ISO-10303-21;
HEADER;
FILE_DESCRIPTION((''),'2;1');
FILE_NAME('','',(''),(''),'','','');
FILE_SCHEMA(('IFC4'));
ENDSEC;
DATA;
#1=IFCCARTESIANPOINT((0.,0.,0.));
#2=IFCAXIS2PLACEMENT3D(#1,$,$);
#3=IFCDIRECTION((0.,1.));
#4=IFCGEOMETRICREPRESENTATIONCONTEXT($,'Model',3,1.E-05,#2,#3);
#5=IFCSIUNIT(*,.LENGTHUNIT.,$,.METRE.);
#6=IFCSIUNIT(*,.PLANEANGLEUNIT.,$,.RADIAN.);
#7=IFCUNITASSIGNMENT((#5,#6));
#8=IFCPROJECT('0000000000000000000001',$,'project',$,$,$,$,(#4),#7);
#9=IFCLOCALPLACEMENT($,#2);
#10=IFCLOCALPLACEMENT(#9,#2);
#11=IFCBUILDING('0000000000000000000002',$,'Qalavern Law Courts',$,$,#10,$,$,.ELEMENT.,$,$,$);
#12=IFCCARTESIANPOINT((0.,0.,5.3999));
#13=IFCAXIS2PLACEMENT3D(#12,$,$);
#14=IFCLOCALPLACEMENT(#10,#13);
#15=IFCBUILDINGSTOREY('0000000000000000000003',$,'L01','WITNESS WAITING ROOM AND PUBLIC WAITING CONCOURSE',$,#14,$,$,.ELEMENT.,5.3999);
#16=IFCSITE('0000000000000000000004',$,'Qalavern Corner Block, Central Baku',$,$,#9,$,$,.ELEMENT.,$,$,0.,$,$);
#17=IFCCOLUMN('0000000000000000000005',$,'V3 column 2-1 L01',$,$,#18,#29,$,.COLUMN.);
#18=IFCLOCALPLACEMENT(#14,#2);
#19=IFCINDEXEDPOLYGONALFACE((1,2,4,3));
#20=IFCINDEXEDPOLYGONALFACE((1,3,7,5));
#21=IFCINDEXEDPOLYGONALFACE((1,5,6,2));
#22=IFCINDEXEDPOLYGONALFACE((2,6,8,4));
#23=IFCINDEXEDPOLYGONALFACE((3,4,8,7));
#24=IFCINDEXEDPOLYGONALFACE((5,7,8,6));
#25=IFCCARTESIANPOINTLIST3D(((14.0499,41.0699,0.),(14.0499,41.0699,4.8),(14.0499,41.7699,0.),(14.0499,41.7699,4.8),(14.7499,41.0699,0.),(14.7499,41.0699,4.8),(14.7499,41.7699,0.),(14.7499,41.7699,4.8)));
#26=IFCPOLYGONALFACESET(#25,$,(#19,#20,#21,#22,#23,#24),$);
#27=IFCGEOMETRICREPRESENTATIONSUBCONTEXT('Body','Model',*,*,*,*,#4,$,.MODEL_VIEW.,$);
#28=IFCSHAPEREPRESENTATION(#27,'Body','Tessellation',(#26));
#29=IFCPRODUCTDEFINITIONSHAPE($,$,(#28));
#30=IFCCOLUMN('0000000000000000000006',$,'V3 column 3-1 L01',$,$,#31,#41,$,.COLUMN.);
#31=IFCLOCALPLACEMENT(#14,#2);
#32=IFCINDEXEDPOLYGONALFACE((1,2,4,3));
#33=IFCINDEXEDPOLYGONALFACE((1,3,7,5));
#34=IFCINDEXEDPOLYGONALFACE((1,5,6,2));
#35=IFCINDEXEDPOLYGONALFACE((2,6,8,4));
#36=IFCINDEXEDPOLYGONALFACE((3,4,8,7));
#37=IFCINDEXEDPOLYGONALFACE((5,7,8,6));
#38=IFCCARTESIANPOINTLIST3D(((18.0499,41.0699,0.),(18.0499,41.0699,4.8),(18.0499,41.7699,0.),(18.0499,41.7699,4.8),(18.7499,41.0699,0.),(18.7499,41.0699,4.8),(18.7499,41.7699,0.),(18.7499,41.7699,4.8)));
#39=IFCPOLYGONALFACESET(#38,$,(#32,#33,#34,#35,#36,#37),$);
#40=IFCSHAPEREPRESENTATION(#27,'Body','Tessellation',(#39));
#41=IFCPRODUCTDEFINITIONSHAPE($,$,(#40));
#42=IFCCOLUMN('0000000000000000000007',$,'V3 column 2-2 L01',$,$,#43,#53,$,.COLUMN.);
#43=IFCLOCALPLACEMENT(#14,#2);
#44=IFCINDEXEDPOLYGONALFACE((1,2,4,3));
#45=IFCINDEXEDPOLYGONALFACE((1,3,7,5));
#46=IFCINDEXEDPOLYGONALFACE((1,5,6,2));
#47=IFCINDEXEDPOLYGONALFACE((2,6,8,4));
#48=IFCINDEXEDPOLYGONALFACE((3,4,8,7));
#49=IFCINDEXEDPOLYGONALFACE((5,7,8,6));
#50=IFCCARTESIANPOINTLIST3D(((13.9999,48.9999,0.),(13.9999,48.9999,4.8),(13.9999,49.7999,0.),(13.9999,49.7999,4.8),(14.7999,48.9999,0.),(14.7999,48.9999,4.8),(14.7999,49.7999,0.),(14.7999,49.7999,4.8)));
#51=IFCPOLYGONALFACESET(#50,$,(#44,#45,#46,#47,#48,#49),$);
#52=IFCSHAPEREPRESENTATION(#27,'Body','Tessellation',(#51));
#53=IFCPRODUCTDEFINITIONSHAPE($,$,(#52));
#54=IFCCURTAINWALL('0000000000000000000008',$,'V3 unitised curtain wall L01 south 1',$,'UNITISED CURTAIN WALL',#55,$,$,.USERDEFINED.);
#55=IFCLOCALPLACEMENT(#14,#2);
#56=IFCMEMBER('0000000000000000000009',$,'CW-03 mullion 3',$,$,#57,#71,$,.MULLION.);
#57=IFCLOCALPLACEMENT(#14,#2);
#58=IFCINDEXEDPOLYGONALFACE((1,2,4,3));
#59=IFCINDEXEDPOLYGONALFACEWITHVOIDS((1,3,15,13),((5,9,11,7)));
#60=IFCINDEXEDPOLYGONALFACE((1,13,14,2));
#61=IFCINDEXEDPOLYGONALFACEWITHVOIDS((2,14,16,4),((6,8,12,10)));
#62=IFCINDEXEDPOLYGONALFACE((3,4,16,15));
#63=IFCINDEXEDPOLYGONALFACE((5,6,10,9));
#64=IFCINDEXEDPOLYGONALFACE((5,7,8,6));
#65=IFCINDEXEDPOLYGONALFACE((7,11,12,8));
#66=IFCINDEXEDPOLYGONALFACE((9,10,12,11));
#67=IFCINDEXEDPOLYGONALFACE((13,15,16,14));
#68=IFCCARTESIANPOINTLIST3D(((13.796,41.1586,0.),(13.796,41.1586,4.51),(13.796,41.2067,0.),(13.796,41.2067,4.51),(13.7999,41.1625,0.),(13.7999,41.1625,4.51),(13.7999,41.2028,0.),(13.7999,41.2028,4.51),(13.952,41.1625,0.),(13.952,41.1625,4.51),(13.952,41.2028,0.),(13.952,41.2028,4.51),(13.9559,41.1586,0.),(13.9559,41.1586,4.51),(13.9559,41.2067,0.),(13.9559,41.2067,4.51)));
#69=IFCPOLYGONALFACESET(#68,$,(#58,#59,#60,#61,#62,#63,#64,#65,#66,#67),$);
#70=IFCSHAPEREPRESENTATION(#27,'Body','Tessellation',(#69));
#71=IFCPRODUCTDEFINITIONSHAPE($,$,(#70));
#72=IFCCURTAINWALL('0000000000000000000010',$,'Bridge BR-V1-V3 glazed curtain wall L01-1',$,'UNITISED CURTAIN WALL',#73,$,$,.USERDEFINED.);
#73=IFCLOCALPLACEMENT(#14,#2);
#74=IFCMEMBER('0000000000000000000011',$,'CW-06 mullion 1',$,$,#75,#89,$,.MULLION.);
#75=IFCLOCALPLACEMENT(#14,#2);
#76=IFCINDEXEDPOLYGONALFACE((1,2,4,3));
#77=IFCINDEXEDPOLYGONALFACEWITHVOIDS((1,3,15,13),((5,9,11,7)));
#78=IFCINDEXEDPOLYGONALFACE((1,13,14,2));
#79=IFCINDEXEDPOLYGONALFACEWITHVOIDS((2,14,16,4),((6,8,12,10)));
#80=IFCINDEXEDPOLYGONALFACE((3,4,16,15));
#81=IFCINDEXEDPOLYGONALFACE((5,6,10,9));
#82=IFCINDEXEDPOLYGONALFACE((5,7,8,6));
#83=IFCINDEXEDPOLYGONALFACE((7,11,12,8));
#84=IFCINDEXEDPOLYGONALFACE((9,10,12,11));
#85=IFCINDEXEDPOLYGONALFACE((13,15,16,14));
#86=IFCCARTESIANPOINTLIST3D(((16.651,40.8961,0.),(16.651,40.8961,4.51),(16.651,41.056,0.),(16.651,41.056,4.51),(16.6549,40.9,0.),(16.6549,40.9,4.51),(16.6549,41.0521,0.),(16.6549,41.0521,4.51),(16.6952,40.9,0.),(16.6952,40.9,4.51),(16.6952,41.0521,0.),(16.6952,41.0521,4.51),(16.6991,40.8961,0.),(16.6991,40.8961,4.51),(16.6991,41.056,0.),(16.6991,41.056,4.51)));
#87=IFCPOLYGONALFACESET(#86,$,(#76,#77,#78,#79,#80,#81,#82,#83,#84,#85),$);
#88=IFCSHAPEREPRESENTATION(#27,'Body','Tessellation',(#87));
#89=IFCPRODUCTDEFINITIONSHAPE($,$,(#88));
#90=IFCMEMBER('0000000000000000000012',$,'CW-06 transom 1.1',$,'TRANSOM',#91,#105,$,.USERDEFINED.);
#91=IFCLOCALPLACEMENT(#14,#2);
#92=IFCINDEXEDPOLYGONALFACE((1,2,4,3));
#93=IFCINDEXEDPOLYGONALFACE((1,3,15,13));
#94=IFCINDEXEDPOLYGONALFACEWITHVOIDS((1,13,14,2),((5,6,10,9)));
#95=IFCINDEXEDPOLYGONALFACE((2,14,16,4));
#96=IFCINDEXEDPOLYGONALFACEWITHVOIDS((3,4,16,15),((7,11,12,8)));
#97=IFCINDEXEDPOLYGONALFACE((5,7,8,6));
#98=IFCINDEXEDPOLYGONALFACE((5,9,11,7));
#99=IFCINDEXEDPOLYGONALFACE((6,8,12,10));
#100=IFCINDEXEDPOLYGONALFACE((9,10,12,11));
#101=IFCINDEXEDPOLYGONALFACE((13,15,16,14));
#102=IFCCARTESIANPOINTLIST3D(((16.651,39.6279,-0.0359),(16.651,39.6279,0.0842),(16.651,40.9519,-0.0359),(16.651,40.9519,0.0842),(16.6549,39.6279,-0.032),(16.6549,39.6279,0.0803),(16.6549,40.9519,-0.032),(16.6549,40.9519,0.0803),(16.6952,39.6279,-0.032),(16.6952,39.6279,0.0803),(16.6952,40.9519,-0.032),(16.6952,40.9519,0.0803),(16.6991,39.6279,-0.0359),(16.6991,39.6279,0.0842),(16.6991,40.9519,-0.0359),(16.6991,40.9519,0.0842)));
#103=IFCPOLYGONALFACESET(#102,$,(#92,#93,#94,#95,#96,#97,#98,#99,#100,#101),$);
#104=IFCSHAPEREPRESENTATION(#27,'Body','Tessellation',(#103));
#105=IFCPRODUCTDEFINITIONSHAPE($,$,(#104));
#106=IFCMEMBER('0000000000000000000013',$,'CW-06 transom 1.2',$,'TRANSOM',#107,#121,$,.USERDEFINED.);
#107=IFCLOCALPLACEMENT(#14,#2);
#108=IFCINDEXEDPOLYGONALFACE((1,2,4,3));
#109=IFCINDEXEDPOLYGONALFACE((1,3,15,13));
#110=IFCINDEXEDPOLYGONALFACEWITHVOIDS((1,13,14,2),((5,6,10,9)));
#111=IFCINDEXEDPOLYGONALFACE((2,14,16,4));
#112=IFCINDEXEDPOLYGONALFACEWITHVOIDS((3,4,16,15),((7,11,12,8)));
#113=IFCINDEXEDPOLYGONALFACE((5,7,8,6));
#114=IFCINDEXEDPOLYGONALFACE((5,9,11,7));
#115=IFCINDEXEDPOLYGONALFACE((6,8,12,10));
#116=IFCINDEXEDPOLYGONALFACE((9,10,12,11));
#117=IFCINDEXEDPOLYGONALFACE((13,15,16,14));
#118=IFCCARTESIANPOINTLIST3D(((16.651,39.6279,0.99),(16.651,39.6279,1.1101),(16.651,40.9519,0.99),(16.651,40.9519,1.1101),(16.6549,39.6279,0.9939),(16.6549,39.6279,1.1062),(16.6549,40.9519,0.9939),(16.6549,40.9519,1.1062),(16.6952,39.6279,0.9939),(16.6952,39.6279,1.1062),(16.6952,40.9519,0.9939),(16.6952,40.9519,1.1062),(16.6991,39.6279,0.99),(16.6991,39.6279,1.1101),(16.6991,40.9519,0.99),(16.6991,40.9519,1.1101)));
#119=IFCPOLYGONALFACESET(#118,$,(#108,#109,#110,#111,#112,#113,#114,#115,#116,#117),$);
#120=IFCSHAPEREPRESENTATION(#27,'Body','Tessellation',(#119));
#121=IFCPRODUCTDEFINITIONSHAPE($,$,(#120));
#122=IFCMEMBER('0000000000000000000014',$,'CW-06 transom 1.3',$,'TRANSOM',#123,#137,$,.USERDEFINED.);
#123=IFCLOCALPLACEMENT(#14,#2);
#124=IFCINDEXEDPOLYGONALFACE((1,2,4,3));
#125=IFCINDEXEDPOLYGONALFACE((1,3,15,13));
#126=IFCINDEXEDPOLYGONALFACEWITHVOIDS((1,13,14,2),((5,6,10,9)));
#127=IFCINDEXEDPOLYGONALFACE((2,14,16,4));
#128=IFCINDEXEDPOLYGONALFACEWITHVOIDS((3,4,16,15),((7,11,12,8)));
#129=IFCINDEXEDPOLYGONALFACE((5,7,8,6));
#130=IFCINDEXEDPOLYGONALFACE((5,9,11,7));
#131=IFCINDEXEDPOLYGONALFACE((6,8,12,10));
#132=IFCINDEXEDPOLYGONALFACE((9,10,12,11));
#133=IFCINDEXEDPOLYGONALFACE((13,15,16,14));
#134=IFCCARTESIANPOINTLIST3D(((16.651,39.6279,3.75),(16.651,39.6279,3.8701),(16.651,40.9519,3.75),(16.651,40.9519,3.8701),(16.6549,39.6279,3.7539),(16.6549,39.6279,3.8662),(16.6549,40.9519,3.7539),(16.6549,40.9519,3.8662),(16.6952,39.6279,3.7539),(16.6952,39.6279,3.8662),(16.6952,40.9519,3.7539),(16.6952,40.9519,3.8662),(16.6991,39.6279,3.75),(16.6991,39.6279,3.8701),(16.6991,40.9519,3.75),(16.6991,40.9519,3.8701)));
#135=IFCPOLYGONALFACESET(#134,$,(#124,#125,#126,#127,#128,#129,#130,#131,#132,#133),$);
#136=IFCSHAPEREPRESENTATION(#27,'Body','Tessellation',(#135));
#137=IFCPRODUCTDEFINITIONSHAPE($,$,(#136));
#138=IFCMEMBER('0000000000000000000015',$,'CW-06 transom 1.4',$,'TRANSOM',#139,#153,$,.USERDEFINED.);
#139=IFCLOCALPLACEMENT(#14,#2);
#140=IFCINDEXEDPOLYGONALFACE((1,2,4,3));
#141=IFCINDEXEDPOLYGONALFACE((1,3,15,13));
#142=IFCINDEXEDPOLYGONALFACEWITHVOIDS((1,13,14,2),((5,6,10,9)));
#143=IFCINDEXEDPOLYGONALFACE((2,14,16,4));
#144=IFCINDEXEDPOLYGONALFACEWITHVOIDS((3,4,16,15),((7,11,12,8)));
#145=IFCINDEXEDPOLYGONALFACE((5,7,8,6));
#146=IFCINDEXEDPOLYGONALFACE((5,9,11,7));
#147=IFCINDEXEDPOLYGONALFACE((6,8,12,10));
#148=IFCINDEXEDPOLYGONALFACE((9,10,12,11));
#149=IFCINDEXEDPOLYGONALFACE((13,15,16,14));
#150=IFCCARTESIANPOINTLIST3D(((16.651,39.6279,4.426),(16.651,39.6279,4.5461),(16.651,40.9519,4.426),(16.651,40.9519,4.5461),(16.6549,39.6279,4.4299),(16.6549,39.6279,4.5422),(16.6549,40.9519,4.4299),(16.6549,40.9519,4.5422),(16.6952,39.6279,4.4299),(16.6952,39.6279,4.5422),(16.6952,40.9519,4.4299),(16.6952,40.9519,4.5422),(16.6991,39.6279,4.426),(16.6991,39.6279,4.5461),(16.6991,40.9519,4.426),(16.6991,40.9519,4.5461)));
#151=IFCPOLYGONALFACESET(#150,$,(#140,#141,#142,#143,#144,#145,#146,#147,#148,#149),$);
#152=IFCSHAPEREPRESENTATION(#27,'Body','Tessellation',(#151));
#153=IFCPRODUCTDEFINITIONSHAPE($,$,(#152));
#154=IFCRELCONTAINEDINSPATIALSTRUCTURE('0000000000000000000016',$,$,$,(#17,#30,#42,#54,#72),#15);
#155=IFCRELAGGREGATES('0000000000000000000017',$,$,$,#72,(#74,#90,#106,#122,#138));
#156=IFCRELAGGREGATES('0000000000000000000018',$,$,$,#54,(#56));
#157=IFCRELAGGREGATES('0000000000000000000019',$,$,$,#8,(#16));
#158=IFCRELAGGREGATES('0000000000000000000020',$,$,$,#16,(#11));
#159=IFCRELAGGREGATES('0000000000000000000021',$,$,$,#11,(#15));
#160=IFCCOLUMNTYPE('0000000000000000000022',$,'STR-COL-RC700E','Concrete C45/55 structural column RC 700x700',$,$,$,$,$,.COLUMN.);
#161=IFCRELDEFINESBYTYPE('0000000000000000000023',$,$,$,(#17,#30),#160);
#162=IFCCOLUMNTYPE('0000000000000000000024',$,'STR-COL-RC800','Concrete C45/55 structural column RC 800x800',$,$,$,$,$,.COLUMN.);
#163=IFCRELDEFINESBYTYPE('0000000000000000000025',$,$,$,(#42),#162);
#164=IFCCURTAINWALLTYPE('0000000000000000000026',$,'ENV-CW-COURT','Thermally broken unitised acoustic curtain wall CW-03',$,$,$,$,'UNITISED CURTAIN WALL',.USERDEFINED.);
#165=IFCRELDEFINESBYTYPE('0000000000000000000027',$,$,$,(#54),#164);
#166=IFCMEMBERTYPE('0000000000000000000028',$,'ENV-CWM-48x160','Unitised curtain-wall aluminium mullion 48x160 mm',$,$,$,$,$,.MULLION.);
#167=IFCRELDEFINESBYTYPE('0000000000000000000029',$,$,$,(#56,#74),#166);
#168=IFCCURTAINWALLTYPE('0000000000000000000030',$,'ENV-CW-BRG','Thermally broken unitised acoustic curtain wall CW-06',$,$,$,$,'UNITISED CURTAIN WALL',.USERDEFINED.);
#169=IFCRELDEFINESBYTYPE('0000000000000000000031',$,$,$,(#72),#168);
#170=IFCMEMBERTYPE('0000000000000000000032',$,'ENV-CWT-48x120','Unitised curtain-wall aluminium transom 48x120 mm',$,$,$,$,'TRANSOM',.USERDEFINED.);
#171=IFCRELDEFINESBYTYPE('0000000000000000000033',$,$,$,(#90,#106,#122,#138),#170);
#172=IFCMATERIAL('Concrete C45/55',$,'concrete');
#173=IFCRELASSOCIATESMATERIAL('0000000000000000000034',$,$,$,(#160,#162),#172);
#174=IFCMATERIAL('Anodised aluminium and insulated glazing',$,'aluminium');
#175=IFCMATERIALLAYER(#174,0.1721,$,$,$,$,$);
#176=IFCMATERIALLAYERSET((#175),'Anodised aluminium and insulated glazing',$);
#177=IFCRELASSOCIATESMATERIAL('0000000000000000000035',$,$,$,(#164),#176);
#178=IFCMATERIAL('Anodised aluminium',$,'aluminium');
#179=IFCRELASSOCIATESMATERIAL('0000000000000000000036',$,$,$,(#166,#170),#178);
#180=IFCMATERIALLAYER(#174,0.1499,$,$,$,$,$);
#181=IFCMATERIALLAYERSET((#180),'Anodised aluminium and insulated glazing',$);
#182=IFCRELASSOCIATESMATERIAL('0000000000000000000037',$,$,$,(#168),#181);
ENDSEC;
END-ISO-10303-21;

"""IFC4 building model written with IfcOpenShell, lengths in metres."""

from ifc_helpers import new_model, si_unit, direction, frame, origin, origin_2d, place, context, subcontext, project, spatial, rectangle, hollow_rectangle, extrude, material, layer, layer_set, material_profile, profile_set, type_object, element, aggregate, save


model = new_model("IFC4")

# Units and contexts
model_context = context("Model", 3, precision=1e-05, world=origin(), true_north=direction((0.0, 1.0)))
body_context = subcontext(model_context, "Body", "Model", "MODEL_VIEW")
ifc_project = project(units=[si_unit("LENGTHUNIT", "METRE"), si_unit("PLANEANGLEUNIT", "RADIAN")], contexts=[model_context])

# Site, building, storey
site_placement = place(None, origin())
site = spatial("IfcSite", under=ifc_project, at=site_placement, Name="Qalavern Corner Block, Central Baku", CompositionType="ELEMENT", RefElevation=0.0)
building_placement = place(site_placement, origin())
building = spatial("IfcBuilding", under=site, at=building_placement, Name="Qalavern Law Courts", CompositionType="ELEMENT")
storey_placement = place(building_placement, frame((0.0, 0.0, 5.3999)))
storey = spatial("IfcBuildingStorey", under=building, at=storey_placement, Name="L01", Description="WITNESS WAITING ROOM AND PUBLIC WAITING CONCOURSE", CompositionType="ELEMENT", Elevation=5.3999)

# Columns
ifc_material_1 = material(Name="Concrete C45/55", Category="concrete")
ifc_material_profile_1 = material_profile(ifc_material_1, rectangle(XDim=0.7, YDim=0.7, at=origin_2d()), Name="RC 700x700")
ifc_profile_set_1 = profile_set([ifc_material_profile_1], Name="Concrete C45/55")
column_type_1 = type_object("IfcColumnType", Name="STR-COL-RC700E", Description="Concrete C45/55 structural column RC 700x700", PredefinedType="COLUMN", material=ifc_profile_set_1)
for number, where, z_axis, x_axis, name in (
    (1, (14.3999, 41.4199, 0.0), (0.0, 0.0, 1.0), (1.0, 0.0, 0.0), "V3 column 2-1 L01"),
    (2, (18.3999, 41.4199, 0.0), (0.0, 0.0, 1.0), (1.0, 0.0, 0.0), "V3 column 3-1 L01"),
):
    element("IfcColumn", number, at=place(storey_placement, frame(where, z_axis=z_axis, x_axis=x_axis)), inside=storey, type_object=column_type_1, Name=name, PredefinedType="COLUMN", context=body_context, shape_type="SweptSolid", body=[
        extrude(rectangle(XDim=0.7, YDim=0.7, at=origin_2d()), origin(), (0.0, 0.0, 1.0), 4.8),
    ])
ifc_material_profile_2 = material_profile(ifc_material_1, rectangle(XDim=0.8, YDim=0.8, at=origin_2d()), Name="RC 800x800")
ifc_profile_set_2 = profile_set([ifc_material_profile_2], Name="Concrete C45/55")
column_type_2 = type_object("IfcColumnType", Name="STR-COL-RC800", Description="Concrete C45/55 structural column RC 800x800", PredefinedType="COLUMN", material=ifc_profile_set_2)
column_placement = place(storey_placement, frame((14.3999, 49.3999, 0.0), z_axis=(0.0, 0.0, 1.0), x_axis=(1.0, 0.0, 0.0)))
element("IfcColumn", 3, at=column_placement, inside=storey, type_object=column_type_2, Name="V3 column 2-2 L01", PredefinedType="COLUMN", context=body_context, shape_type="SweptSolid", body=[
    extrude(rectangle(XDim=0.8, YDim=0.8, at=origin_2d()), origin(), (0.0, 0.0, 1.0), 4.8),
])

# Curtain wall, member
ifc_material_2 = material(Name="Anodised aluminium and insulated glazing", Category="aluminium")
ifc_layer_1 = layer(ifc_material_2, 0.1721)
ifc_layer_set_1 = layer_set([ifc_layer_1], Name="Anodised aluminium and insulated glazing")
curtain_wall_type_1 = type_object("IfcCurtainWallType", Name="ENV-CW-COURT", Description="Thermally broken unitised acoustic curtain wall CW-03", ElementType="UNITISED CURTAIN WALL", PredefinedType="USERDEFINED", material=ifc_layer_set_1)
curtain_wall_1_placement = place(storey_placement, origin())
curtain_wall_1 = element("IfcCurtainWall", 4, at=curtain_wall_1_placement, inside=storey, type_object=curtain_wall_type_1, Name="V3 unitised curtain wall L01 south 1", ObjectType="UNITISED CURTAIN WALL", PredefinedType="USERDEFINED")
ifc_material_3 = material(Name="Anodised aluminium", Category="aluminium")
ifc_material_profile_3 = material_profile(ifc_material_3, hollow_rectangle(XDim=0.0481, YDim=0.1599, WallThickness=0.0039, at=origin_2d()), Name="ALU MULLION 48x160")
ifc_profile_set_3 = profile_set([ifc_material_profile_3], Name="Anodised aluminium")
member_type_1 = type_object("IfcMemberType", Name="ENV-CWM-48x160", Description="Unitised curtain-wall aluminium mullion 48x160 mm", PredefinedType="MULLION", material=ifc_profile_set_3)
member_1_placement = place(storey_placement, frame((13.876, 41.1826, 0.0), z_axis=(0.0, 0.0, 1.0), x_axis=(0.0, 1.0, 0.0)))
member_1 = element("IfcMember", 5, at=member_1_placement, type_object=member_type_1, Name="CW-03 mullion 3", PredefinedType="MULLION", context=body_context, shape_type="SweptSolid", body=[
    extrude(hollow_rectangle(XDim=0.0481, YDim=0.1599, WallThickness=0.0039, at=origin_2d()), origin(), (0.0, 0.0, 1.0), 4.51),
])

# Curtain wall, members
ifc_layer_2 = layer(ifc_material_2, 0.1499)
ifc_layer_set_2 = layer_set([ifc_layer_2], Name="Anodised aluminium and insulated glazing")
curtain_wall_type_2 = type_object("IfcCurtainWallType", Name="ENV-CW-BRG", Description="Thermally broken unitised acoustic curtain wall CW-06", ElementType="UNITISED CURTAIN WALL", PredefinedType="USERDEFINED", material=ifc_layer_set_2)
curtain_wall_2_placement = place(storey_placement, origin())
curtain_wall_2 = element("IfcCurtainWall", 6, at=curtain_wall_2_placement, inside=storey, type_object=curtain_wall_type_2, Name="Bridge BR-V1-V3 glazed curtain wall L01-1", ObjectType="UNITISED CURTAIN WALL", PredefinedType="USERDEFINED")
member_2_placement = place(storey_placement, frame((16.675, 40.9761, 0.0), z_axis=(0.0, 0.0, 1.0), x_axis=(1.0, 0.0, 0.0)))
member_2 = element("IfcMember", 7, at=member_2_placement, type_object=member_type_1, Name="CW-06 mullion 1", PredefinedType="MULLION", context=body_context, shape_type="SweptSolid", body=[
    extrude(hollow_rectangle(XDim=0.0481, YDim=0.1599, WallThickness=0.0039, at=origin_2d()), origin(), (0.0, 0.0, 1.0), 4.51),
])
ifc_material_profile_4 = material_profile(ifc_material_3, hollow_rectangle(XDim=0.0481, YDim=0.1201, WallThickness=0.0039, at=origin_2d()), Name="ALU TRANSOM 48x120")
ifc_profile_set_4 = profile_set([ifc_material_profile_4], Name="Anodised aluminium")
member_type_2 = type_object("IfcMemberType", Name="ENV-CWT-48x120", Description="Unitised curtain-wall aluminium transom 48x120 mm", ElementType="TRANSOM", PredefinedType="USERDEFINED", material=ifc_profile_set_4)
member_3_placement = place(storey_placement, frame((16.675, 40.9519, 0.0242), z_axis=(0.0, -1.0, 0.0), x_axis=(1.0, 0.0, 0.0)))
member_3 = element("IfcMember", 8, at=member_3_placement, type_object=member_type_2, Name="CW-06 transom 1.1", ObjectType="TRANSOM", PredefinedType="USERDEFINED", context=body_context, shape_type="SweptSolid", body=[
    extrude(hollow_rectangle(XDim=0.0481, YDim=0.1201, WallThickness=0.0039, at=origin_2d()), origin(), (0.0, 0.0, 1.0), 1.324),
])
member_4_placement = place(storey_placement, frame((16.675, 40.9519, 1.05), z_axis=(0.0, -1.0, 0.0), x_axis=(1.0, 0.0, 0.0)))
member_4 = element("IfcMember", 9, at=member_4_placement, type_object=member_type_2, Name="CW-06 transom 1.2", ObjectType="TRANSOM", PredefinedType="USERDEFINED", context=body_context, shape_type="SweptSolid", body=[
    extrude(hollow_rectangle(XDim=0.0481, YDim=0.1201, WallThickness=0.0039, at=origin_2d()), origin(), (0.0, 0.0, 1.0), 1.324),
])
member_5_placement = place(storey_placement, frame((16.675, 40.9519, 3.8101), z_axis=(0.0, -1.0, 0.0), x_axis=(1.0, 0.0, 0.0)))
member_5 = element("IfcMember", 10, at=member_5_placement, type_object=member_type_2, Name="CW-06 transom 1.3", ObjectType="TRANSOM", PredefinedType="USERDEFINED", context=body_context, shape_type="SweptSolid", body=[
    extrude(hollow_rectangle(XDim=0.0481, YDim=0.1201, WallThickness=0.0039, at=origin_2d()), origin(), (0.0, 0.0, 1.0), 1.324),
])
member_6_placement = place(storey_placement, frame((16.675, 40.9519, 4.4861), z_axis=(0.0, -1.0, 0.0), x_axis=(1.0, 0.0, 0.0)))
member_6 = element("IfcMember", 11, at=member_6_placement, type_object=member_type_2, Name="CW-06 transom 1.4", ObjectType="TRANSOM", PredefinedType="USERDEFINED", context=body_context, shape_type="SweptSolid", body=[
    extrude(hollow_rectangle(XDim=0.0481, YDim=0.1201, WallThickness=0.0039, at=origin_2d()), origin(), (0.0, 0.0, 1.0), 1.324),
])
aggregate(curtain_wall_2, [member_2, member_3, member_4, member_5, member_6])

aggregate(curtain_wall_1, [member_1])

save(model, "model.ifc")
